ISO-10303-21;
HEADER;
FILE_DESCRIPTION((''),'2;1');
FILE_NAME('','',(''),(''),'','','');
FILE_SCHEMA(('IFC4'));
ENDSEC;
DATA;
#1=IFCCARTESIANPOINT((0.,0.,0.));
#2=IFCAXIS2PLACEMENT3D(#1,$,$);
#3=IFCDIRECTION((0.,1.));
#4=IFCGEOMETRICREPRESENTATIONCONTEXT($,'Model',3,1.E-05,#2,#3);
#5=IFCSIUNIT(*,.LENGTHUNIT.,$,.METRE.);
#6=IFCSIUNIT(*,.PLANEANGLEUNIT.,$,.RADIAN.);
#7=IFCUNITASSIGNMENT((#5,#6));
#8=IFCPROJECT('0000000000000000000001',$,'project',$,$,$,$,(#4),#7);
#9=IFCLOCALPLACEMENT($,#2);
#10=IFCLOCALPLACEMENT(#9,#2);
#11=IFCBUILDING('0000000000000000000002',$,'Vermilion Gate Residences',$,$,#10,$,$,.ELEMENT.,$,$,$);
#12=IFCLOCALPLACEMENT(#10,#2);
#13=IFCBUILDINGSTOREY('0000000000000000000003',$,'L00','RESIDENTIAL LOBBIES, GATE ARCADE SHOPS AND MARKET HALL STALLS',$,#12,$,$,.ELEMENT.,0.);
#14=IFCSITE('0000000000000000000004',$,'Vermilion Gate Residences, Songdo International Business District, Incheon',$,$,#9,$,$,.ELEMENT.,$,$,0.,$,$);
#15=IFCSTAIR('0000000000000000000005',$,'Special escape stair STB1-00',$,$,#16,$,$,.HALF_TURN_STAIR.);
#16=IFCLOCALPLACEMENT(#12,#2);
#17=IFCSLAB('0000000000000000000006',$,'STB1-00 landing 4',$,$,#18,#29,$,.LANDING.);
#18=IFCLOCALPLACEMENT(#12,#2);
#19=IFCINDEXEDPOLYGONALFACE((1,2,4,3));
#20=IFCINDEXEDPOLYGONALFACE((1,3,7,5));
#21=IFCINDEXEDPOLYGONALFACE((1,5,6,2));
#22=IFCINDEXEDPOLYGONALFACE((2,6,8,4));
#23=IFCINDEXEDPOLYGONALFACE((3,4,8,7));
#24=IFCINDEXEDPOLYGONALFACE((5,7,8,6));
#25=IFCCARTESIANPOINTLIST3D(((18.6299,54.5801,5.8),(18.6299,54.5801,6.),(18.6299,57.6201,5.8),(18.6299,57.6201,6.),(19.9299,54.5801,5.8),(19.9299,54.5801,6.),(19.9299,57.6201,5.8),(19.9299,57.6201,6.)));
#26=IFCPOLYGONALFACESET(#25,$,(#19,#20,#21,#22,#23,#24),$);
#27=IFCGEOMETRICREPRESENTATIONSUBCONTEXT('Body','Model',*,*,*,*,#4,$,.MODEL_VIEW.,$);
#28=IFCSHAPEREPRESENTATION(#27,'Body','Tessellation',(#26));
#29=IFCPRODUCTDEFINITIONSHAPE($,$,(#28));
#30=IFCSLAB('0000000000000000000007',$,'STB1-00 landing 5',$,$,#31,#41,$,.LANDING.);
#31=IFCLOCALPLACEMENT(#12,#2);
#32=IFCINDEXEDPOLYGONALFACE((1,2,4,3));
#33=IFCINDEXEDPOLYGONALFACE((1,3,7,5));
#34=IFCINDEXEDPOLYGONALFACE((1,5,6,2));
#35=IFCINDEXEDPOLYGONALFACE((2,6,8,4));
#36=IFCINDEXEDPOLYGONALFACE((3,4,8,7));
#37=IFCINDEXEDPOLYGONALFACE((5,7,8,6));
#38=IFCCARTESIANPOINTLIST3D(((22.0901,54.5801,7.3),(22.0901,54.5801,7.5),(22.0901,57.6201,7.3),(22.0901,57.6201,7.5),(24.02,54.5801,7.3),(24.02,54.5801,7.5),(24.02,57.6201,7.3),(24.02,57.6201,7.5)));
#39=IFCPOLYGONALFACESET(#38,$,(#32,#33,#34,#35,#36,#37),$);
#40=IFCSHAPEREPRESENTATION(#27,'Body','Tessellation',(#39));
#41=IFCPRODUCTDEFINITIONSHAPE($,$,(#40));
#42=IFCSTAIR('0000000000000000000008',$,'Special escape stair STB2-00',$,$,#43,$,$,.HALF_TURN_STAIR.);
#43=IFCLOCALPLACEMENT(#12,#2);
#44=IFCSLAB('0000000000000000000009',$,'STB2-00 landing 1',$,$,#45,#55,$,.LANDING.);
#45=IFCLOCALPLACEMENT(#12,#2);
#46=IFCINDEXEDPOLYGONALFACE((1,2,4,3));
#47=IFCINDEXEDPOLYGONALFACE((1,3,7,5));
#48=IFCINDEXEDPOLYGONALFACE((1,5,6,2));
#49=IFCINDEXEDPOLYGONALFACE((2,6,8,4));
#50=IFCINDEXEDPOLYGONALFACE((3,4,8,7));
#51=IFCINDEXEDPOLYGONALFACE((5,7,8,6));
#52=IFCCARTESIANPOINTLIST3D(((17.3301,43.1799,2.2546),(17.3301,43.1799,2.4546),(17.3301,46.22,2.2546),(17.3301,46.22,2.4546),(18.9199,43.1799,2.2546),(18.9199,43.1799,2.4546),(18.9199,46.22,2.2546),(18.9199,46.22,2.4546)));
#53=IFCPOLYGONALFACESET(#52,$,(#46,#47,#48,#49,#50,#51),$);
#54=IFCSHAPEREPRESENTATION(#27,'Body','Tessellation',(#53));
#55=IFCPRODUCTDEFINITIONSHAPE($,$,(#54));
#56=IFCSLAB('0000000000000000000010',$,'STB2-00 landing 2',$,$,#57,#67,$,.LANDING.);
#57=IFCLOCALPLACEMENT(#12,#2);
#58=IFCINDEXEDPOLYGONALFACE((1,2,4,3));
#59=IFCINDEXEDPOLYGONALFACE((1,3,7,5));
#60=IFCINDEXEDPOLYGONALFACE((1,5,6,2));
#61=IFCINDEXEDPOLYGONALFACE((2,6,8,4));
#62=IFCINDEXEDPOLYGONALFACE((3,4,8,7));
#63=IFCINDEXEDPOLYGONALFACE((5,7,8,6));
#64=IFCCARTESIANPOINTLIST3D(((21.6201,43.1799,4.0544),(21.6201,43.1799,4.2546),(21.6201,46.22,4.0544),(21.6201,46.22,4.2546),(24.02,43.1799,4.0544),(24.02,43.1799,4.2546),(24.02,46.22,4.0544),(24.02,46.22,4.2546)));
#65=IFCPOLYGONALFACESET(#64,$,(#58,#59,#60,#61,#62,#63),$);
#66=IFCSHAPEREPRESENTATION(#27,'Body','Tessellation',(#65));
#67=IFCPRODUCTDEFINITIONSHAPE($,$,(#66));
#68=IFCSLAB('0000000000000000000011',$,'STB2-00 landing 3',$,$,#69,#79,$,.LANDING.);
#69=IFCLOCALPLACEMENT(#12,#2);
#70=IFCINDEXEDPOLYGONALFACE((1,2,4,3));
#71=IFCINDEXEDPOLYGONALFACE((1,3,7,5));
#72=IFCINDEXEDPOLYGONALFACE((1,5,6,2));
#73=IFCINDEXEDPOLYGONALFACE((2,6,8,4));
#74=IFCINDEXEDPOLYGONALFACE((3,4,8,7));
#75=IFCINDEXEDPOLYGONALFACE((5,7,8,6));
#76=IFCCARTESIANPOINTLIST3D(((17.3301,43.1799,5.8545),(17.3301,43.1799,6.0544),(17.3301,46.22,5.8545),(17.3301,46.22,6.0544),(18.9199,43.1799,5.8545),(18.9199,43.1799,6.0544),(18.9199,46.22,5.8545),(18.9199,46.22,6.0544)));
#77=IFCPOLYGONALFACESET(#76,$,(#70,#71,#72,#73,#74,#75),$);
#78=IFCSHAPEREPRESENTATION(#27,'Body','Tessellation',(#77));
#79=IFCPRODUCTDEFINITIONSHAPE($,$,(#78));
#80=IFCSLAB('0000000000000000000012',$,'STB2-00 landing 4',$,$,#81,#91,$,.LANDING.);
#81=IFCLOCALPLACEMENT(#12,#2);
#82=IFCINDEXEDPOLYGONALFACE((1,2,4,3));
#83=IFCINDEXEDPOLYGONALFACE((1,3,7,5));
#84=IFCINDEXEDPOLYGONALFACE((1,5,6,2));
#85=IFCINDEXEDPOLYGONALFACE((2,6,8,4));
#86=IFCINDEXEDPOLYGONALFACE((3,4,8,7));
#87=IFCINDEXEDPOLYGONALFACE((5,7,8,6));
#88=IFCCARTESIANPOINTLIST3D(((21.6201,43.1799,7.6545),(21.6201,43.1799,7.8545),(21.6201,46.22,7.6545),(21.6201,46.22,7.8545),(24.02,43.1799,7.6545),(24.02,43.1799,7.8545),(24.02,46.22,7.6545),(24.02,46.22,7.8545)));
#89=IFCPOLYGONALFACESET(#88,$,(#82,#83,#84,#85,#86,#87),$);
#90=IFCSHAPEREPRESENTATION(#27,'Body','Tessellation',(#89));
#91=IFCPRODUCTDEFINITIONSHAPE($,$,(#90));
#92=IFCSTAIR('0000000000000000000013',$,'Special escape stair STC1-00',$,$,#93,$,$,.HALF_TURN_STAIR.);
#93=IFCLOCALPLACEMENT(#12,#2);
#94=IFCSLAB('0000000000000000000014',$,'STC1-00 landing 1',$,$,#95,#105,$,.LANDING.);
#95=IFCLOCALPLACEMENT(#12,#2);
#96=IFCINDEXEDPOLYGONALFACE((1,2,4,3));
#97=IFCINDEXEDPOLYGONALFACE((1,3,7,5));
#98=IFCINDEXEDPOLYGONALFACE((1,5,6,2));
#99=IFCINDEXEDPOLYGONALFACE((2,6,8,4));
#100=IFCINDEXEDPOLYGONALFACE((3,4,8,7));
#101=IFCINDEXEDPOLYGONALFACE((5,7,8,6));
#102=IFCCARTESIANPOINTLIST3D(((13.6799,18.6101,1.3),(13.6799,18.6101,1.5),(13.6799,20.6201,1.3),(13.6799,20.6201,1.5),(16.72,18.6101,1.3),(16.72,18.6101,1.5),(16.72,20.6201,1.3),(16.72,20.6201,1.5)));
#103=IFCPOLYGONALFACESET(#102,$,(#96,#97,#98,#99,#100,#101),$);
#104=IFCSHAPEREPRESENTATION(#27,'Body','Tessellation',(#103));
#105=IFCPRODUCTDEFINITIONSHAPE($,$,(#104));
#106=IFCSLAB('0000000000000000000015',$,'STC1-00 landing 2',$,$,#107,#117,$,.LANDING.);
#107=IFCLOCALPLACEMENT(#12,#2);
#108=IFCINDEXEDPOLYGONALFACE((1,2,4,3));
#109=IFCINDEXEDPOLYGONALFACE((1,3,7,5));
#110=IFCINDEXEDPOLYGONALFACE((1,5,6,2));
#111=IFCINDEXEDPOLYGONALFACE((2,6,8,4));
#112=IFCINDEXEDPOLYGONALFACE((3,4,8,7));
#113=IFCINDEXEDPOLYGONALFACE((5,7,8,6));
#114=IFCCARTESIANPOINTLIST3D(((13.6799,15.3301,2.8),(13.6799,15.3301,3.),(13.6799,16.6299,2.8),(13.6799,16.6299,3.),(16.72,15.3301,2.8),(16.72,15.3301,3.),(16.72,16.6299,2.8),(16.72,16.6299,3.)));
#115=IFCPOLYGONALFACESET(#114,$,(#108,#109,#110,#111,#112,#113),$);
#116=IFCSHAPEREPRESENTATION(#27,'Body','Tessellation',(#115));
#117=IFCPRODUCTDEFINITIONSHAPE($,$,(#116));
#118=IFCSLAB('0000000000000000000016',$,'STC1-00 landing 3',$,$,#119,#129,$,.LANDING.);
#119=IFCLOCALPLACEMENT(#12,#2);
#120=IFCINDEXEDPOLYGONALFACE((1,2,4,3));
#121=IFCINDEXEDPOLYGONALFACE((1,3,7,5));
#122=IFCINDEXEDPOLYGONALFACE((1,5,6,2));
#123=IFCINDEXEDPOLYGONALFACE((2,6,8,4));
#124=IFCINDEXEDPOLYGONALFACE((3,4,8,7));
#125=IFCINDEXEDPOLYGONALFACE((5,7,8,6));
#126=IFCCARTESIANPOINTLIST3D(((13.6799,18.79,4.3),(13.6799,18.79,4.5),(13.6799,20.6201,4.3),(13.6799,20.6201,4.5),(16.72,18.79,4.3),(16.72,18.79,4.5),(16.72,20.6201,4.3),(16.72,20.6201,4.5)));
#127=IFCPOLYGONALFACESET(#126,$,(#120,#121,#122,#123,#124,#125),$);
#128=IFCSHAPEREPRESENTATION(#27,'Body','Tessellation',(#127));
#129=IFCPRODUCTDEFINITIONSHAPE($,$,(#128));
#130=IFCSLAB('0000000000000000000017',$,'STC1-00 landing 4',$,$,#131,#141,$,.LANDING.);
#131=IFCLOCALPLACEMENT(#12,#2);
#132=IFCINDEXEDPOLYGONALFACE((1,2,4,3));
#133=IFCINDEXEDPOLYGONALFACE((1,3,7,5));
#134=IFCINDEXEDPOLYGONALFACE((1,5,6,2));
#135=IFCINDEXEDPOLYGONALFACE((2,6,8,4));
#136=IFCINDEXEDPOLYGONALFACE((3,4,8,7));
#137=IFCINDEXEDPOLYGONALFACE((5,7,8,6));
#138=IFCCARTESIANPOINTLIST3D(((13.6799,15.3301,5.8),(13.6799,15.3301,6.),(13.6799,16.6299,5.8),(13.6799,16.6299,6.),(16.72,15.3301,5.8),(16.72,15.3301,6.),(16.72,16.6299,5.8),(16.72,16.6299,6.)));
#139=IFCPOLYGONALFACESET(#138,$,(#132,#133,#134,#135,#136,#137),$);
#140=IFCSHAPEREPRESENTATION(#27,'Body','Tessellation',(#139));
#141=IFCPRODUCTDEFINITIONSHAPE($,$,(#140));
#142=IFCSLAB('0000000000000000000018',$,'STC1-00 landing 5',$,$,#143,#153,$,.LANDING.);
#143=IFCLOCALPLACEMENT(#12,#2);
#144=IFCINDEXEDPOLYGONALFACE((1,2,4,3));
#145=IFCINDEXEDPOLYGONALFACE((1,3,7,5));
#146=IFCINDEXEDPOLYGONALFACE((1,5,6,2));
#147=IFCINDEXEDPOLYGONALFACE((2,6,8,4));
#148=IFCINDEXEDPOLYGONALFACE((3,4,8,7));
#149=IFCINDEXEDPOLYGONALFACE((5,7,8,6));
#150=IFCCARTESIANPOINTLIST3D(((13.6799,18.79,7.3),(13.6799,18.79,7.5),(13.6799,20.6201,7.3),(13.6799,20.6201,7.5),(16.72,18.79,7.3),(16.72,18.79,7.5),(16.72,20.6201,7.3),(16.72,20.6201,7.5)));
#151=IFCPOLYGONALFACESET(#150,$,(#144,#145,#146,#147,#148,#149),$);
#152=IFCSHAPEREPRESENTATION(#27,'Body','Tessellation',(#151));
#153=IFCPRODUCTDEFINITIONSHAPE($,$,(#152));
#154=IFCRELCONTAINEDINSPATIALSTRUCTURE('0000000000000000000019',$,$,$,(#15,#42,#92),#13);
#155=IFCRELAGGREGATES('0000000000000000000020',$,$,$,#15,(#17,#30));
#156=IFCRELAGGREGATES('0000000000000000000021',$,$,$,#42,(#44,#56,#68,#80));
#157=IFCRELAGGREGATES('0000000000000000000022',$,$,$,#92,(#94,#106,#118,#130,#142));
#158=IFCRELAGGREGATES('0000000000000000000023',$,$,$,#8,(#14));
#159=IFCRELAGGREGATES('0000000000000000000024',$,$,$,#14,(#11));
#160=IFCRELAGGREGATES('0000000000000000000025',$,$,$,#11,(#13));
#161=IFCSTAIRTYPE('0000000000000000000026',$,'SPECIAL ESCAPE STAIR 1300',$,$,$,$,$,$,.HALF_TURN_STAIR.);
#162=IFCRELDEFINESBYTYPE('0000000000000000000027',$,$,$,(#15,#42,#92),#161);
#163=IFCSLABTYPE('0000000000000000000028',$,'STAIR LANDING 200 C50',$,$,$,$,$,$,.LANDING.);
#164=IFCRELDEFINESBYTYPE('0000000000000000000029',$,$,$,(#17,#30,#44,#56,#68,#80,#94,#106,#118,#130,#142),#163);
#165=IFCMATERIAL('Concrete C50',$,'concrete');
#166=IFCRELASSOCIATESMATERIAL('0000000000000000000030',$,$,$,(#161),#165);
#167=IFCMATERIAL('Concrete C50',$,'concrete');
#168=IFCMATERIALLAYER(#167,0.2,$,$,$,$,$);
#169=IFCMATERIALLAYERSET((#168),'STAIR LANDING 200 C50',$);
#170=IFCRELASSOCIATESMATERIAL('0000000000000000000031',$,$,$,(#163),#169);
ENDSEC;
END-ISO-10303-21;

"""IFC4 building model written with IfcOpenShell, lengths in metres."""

from ifc_helpers import new_model, si_unit, direction, frame, origin, place, context, subcontext, project, spatial, polyline, outline, extrude, material, layer, layer_set, type_object, element, aggregate, save


model = new_model("IFC4")

# Units and contexts
model_context = context("Model", 3, precision=1e-05, world=origin(), true_north=direction((0.0, 1.0)))
body_context = subcontext(model_context, "Body", "Model", "MODEL_VIEW")
ifc_project = project(units=[si_unit("LENGTHUNIT", "METRE"), si_unit("PLANEANGLEUNIT", "RADIAN")], contexts=[model_context])

# Site, building, storey
site_placement = place(None, origin())
site = spatial("IfcSite", under=ifc_project, at=site_placement, Name="Vermilion Gate Residences, Songdo International Business District, Incheon", CompositionType="ELEMENT", RefElevation=0.0)
building_placement = place(site_placement, origin())
building = spatial("IfcBuilding", under=site, at=building_placement, Name="Vermilion Gate Residences", CompositionType="ELEMENT")
storey_placement = place(building_placement, origin())
storey = spatial("IfcBuildingStorey", under=building, at=storey_placement, Name="L00", Description="RESIDENTIAL LOBBIES, GATE ARCADE SHOPS AND MARKET HALL STALLS", CompositionType="ELEMENT", Elevation=0.0)

# Stairs, slabs
ifc_material_1 = material(Name="Concrete C50", Category="concrete")
stair_type = type_object("IfcStairType", Name="SPECIAL ESCAPE STAIR 1300", PredefinedType="HALF_TURN_STAIR", material=ifc_material_1)
stair_1_placement = place(storey_placement, origin())
stair_1 = element("IfcStair", 1, at=stair_1_placement, inside=storey, type_object=stair_type, Name="Special escape stair STB1-00", PredefinedType="HALF_TURN_STAIR")
ifc_material_2 = material(Name="Concrete C50", Category="concrete")
ifc_layer_1 = layer(ifc_material_2, 0.2)
ifc_layer_set_1 = layer_set([ifc_layer_1], Name="STAIR LANDING 200 C50")
slab_type_1 = type_object("IfcSlabType", Name="STAIR LANDING 200 C50", PredefinedType="LANDING", material=ifc_layer_set_1)
slab_1_placement = place(storey_placement, frame((0.0, 0.0, 5.8)))
slab_1 = element("IfcSlab", 2, at=slab_1_placement, type_object=slab_type_1, Name="STB1-00 landing 4", PredefinedType="LANDING", context=body_context, shape_type="SweptSolid", body=[
    extrude(outline(polyline([(19.9299, 54.5801), (19.9299, 57.6201), (18.6299, 57.6201), (18.6299, 54.5801), (19.9299, 54.5801)])), origin(), (0.0, 0.0, 1.0), 0.2),
])
slab_2_placement = place(storey_placement, frame((0.0, 0.0, 7.3)))
slab_2 = element("IfcSlab", 3, at=slab_2_placement, type_object=slab_type_1, Name="STB1-00 landing 5", PredefinedType="LANDING", context=body_context, shape_type="SweptSolid", body=[
    extrude(outline(polyline([(24.02, 54.5801), (24.02, 57.6201), (22.0901, 57.6201), (22.0901, 54.5801), (24.02, 54.5801)])), origin(), (0.0, 0.0, 1.0), 0.2),
])
aggregate(stair_1, [slab_1, slab_2])
stair_2_placement = place(storey_placement, origin())
stair_2 = element("IfcStair", 4, at=stair_2_placement, inside=storey, type_object=stair_type, Name="Special escape stair STB2-00", PredefinedType="HALF_TURN_STAIR")
slab_3_placement = place(storey_placement, frame((0.0, 0.0, 2.2546)))
slab_3 = element("IfcSlab", 5, at=slab_3_placement, type_object=slab_type_1, Name="STB2-00 landing 1", PredefinedType="LANDING", context=body_context, shape_type="SweptSolid", body=[
    extrude(outline(polyline([(18.9199, 43.1799), (18.9199, 46.22), (17.3301, 46.22), (17.3301, 43.1799), (18.9199, 43.1799)])), origin(), (0.0, 0.0, 1.0), 0.2),
])
slab_4_placement = place(storey_placement, frame((0.0, 0.0, 4.0544)))
slab_4 = element("IfcSlab", 6, at=slab_4_placement, type_object=slab_type_1, Name="STB2-00 landing 2", PredefinedType="LANDING", context=body_context, shape_type="SweptSolid", body=[
    extrude(outline(polyline([(24.02, 43.1799), (24.02, 46.22), (21.6201, 46.22), (21.6201, 43.1799), (24.02, 43.1799)])), origin(), (0.0, 0.0, 1.0), 0.2002),
])
slab_5_placement = place(storey_placement, frame((0.0, 0.0, 5.8545)))
slab_5 = element("IfcSlab", 7, at=slab_5_placement, type_object=slab_type_1, Name="STB2-00 landing 3", PredefinedType="LANDING", context=body_context, shape_type="SweptSolid", body=[
    extrude(outline(polyline([(18.9199, 43.1799), (18.9199, 46.22), (17.3301, 46.22), (17.3301, 43.1799), (18.9199, 43.1799)])), origin(), (0.0, 0.0, 1.0), 0.2),
])
slab_6_placement = place(storey_placement, frame((0.0, 0.0, 7.6545)))
slab_6 = element("IfcSlab", 8, at=slab_6_placement, type_object=slab_type_1, Name="STB2-00 landing 4", PredefinedType="LANDING", context=body_context, shape_type="SweptSolid", body=[
    extrude(outline(polyline([(24.02, 43.1799), (24.02, 46.22), (21.6201, 46.22), (21.6201, 43.1799), (24.02, 43.1799)])), origin(), (0.0, 0.0, 1.0), 0.2),
])
aggregate(stair_2, [slab_3, slab_4, slab_5, slab_6])
stair_3_placement = place(storey_placement, origin())
stair_3 = element("IfcStair", 9, at=stair_3_placement, inside=storey, type_object=stair_type, Name="Special escape stair STC1-00", PredefinedType="HALF_TURN_STAIR")
slab_7_placement = place(storey_placement, frame((0.0, 0.0, 1.3)))
slab_7 = element("IfcSlab", 10, at=slab_7_placement, type_object=slab_type_1, Name="STC1-00 landing 1", PredefinedType="LANDING", context=body_context, shape_type="SweptSolid", body=[
    extrude(outline(polyline([(16.72, 18.6101), (16.72, 20.6201), (13.6799, 20.6201), (13.6799, 18.6101), (16.72, 18.6101)])), origin(), (0.0, 0.0, 1.0), 0.2),
])
slab_8_placement = place(storey_placement, frame((0.0, 0.0, 2.8)))
slab_8 = element("IfcSlab", 11, at=slab_8_placement, type_object=slab_type_1, Name="STC1-00 landing 2", PredefinedType="LANDING", context=body_context, shape_type="SweptSolid", body=[
    extrude(outline(polyline([(16.72, 15.3301), (16.72, 16.6299), (13.6799, 16.6299), (13.6799, 15.3301), (16.72, 15.3301)])), origin(), (0.0, 0.0, 1.0), 0.2),
])
slab_9_placement = place(storey_placement, frame((0.0, 0.0, 4.3)))
slab_9 = element("IfcSlab", 12, at=slab_9_placement, type_object=slab_type_1, Name="STC1-00 landing 3", PredefinedType="LANDING", context=body_context, shape_type="SweptSolid", body=[
    extrude(outline(polyline([(16.72, 18.79), (16.72, 20.6201), (13.6799, 20.6201), (13.6799, 18.79), (16.72, 18.79)])), origin(), (0.0, 0.0, 1.0), 0.2),
])
slab_10_placement = place(storey_placement, frame((0.0, 0.0, 5.8)))
slab_10 = element("IfcSlab", 13, at=slab_10_placement, type_object=slab_type_1, Name="STC1-00 landing 4", PredefinedType="LANDING", context=body_context, shape_type="SweptSolid", body=[
    extrude(outline(polyline([(16.72, 15.3301), (16.72, 16.6299), (13.6799, 16.6299), (13.6799, 15.3301), (16.72, 15.3301)])), origin(), (0.0, 0.0, 1.0), 0.2),
])
slab_11_placement = place(storey_placement, frame((0.0, 0.0, 7.3)))
slab_11 = element("IfcSlab", 14, at=slab_11_placement, type_object=slab_type_1, Name="STC1-00 landing 5", PredefinedType="LANDING", context=body_context, shape_type="SweptSolid", body=[
    extrude(outline(polyline([(16.72, 18.79), (16.72, 20.6201), (13.6799, 20.6201), (13.6799, 18.79), (16.72, 18.79)])), origin(), (0.0, 0.0, 1.0), 0.2),
])
aggregate(stair_3, [slab_7, slab_8, slab_9, slab_10, slab_11])

save(model, "model.ifc")
